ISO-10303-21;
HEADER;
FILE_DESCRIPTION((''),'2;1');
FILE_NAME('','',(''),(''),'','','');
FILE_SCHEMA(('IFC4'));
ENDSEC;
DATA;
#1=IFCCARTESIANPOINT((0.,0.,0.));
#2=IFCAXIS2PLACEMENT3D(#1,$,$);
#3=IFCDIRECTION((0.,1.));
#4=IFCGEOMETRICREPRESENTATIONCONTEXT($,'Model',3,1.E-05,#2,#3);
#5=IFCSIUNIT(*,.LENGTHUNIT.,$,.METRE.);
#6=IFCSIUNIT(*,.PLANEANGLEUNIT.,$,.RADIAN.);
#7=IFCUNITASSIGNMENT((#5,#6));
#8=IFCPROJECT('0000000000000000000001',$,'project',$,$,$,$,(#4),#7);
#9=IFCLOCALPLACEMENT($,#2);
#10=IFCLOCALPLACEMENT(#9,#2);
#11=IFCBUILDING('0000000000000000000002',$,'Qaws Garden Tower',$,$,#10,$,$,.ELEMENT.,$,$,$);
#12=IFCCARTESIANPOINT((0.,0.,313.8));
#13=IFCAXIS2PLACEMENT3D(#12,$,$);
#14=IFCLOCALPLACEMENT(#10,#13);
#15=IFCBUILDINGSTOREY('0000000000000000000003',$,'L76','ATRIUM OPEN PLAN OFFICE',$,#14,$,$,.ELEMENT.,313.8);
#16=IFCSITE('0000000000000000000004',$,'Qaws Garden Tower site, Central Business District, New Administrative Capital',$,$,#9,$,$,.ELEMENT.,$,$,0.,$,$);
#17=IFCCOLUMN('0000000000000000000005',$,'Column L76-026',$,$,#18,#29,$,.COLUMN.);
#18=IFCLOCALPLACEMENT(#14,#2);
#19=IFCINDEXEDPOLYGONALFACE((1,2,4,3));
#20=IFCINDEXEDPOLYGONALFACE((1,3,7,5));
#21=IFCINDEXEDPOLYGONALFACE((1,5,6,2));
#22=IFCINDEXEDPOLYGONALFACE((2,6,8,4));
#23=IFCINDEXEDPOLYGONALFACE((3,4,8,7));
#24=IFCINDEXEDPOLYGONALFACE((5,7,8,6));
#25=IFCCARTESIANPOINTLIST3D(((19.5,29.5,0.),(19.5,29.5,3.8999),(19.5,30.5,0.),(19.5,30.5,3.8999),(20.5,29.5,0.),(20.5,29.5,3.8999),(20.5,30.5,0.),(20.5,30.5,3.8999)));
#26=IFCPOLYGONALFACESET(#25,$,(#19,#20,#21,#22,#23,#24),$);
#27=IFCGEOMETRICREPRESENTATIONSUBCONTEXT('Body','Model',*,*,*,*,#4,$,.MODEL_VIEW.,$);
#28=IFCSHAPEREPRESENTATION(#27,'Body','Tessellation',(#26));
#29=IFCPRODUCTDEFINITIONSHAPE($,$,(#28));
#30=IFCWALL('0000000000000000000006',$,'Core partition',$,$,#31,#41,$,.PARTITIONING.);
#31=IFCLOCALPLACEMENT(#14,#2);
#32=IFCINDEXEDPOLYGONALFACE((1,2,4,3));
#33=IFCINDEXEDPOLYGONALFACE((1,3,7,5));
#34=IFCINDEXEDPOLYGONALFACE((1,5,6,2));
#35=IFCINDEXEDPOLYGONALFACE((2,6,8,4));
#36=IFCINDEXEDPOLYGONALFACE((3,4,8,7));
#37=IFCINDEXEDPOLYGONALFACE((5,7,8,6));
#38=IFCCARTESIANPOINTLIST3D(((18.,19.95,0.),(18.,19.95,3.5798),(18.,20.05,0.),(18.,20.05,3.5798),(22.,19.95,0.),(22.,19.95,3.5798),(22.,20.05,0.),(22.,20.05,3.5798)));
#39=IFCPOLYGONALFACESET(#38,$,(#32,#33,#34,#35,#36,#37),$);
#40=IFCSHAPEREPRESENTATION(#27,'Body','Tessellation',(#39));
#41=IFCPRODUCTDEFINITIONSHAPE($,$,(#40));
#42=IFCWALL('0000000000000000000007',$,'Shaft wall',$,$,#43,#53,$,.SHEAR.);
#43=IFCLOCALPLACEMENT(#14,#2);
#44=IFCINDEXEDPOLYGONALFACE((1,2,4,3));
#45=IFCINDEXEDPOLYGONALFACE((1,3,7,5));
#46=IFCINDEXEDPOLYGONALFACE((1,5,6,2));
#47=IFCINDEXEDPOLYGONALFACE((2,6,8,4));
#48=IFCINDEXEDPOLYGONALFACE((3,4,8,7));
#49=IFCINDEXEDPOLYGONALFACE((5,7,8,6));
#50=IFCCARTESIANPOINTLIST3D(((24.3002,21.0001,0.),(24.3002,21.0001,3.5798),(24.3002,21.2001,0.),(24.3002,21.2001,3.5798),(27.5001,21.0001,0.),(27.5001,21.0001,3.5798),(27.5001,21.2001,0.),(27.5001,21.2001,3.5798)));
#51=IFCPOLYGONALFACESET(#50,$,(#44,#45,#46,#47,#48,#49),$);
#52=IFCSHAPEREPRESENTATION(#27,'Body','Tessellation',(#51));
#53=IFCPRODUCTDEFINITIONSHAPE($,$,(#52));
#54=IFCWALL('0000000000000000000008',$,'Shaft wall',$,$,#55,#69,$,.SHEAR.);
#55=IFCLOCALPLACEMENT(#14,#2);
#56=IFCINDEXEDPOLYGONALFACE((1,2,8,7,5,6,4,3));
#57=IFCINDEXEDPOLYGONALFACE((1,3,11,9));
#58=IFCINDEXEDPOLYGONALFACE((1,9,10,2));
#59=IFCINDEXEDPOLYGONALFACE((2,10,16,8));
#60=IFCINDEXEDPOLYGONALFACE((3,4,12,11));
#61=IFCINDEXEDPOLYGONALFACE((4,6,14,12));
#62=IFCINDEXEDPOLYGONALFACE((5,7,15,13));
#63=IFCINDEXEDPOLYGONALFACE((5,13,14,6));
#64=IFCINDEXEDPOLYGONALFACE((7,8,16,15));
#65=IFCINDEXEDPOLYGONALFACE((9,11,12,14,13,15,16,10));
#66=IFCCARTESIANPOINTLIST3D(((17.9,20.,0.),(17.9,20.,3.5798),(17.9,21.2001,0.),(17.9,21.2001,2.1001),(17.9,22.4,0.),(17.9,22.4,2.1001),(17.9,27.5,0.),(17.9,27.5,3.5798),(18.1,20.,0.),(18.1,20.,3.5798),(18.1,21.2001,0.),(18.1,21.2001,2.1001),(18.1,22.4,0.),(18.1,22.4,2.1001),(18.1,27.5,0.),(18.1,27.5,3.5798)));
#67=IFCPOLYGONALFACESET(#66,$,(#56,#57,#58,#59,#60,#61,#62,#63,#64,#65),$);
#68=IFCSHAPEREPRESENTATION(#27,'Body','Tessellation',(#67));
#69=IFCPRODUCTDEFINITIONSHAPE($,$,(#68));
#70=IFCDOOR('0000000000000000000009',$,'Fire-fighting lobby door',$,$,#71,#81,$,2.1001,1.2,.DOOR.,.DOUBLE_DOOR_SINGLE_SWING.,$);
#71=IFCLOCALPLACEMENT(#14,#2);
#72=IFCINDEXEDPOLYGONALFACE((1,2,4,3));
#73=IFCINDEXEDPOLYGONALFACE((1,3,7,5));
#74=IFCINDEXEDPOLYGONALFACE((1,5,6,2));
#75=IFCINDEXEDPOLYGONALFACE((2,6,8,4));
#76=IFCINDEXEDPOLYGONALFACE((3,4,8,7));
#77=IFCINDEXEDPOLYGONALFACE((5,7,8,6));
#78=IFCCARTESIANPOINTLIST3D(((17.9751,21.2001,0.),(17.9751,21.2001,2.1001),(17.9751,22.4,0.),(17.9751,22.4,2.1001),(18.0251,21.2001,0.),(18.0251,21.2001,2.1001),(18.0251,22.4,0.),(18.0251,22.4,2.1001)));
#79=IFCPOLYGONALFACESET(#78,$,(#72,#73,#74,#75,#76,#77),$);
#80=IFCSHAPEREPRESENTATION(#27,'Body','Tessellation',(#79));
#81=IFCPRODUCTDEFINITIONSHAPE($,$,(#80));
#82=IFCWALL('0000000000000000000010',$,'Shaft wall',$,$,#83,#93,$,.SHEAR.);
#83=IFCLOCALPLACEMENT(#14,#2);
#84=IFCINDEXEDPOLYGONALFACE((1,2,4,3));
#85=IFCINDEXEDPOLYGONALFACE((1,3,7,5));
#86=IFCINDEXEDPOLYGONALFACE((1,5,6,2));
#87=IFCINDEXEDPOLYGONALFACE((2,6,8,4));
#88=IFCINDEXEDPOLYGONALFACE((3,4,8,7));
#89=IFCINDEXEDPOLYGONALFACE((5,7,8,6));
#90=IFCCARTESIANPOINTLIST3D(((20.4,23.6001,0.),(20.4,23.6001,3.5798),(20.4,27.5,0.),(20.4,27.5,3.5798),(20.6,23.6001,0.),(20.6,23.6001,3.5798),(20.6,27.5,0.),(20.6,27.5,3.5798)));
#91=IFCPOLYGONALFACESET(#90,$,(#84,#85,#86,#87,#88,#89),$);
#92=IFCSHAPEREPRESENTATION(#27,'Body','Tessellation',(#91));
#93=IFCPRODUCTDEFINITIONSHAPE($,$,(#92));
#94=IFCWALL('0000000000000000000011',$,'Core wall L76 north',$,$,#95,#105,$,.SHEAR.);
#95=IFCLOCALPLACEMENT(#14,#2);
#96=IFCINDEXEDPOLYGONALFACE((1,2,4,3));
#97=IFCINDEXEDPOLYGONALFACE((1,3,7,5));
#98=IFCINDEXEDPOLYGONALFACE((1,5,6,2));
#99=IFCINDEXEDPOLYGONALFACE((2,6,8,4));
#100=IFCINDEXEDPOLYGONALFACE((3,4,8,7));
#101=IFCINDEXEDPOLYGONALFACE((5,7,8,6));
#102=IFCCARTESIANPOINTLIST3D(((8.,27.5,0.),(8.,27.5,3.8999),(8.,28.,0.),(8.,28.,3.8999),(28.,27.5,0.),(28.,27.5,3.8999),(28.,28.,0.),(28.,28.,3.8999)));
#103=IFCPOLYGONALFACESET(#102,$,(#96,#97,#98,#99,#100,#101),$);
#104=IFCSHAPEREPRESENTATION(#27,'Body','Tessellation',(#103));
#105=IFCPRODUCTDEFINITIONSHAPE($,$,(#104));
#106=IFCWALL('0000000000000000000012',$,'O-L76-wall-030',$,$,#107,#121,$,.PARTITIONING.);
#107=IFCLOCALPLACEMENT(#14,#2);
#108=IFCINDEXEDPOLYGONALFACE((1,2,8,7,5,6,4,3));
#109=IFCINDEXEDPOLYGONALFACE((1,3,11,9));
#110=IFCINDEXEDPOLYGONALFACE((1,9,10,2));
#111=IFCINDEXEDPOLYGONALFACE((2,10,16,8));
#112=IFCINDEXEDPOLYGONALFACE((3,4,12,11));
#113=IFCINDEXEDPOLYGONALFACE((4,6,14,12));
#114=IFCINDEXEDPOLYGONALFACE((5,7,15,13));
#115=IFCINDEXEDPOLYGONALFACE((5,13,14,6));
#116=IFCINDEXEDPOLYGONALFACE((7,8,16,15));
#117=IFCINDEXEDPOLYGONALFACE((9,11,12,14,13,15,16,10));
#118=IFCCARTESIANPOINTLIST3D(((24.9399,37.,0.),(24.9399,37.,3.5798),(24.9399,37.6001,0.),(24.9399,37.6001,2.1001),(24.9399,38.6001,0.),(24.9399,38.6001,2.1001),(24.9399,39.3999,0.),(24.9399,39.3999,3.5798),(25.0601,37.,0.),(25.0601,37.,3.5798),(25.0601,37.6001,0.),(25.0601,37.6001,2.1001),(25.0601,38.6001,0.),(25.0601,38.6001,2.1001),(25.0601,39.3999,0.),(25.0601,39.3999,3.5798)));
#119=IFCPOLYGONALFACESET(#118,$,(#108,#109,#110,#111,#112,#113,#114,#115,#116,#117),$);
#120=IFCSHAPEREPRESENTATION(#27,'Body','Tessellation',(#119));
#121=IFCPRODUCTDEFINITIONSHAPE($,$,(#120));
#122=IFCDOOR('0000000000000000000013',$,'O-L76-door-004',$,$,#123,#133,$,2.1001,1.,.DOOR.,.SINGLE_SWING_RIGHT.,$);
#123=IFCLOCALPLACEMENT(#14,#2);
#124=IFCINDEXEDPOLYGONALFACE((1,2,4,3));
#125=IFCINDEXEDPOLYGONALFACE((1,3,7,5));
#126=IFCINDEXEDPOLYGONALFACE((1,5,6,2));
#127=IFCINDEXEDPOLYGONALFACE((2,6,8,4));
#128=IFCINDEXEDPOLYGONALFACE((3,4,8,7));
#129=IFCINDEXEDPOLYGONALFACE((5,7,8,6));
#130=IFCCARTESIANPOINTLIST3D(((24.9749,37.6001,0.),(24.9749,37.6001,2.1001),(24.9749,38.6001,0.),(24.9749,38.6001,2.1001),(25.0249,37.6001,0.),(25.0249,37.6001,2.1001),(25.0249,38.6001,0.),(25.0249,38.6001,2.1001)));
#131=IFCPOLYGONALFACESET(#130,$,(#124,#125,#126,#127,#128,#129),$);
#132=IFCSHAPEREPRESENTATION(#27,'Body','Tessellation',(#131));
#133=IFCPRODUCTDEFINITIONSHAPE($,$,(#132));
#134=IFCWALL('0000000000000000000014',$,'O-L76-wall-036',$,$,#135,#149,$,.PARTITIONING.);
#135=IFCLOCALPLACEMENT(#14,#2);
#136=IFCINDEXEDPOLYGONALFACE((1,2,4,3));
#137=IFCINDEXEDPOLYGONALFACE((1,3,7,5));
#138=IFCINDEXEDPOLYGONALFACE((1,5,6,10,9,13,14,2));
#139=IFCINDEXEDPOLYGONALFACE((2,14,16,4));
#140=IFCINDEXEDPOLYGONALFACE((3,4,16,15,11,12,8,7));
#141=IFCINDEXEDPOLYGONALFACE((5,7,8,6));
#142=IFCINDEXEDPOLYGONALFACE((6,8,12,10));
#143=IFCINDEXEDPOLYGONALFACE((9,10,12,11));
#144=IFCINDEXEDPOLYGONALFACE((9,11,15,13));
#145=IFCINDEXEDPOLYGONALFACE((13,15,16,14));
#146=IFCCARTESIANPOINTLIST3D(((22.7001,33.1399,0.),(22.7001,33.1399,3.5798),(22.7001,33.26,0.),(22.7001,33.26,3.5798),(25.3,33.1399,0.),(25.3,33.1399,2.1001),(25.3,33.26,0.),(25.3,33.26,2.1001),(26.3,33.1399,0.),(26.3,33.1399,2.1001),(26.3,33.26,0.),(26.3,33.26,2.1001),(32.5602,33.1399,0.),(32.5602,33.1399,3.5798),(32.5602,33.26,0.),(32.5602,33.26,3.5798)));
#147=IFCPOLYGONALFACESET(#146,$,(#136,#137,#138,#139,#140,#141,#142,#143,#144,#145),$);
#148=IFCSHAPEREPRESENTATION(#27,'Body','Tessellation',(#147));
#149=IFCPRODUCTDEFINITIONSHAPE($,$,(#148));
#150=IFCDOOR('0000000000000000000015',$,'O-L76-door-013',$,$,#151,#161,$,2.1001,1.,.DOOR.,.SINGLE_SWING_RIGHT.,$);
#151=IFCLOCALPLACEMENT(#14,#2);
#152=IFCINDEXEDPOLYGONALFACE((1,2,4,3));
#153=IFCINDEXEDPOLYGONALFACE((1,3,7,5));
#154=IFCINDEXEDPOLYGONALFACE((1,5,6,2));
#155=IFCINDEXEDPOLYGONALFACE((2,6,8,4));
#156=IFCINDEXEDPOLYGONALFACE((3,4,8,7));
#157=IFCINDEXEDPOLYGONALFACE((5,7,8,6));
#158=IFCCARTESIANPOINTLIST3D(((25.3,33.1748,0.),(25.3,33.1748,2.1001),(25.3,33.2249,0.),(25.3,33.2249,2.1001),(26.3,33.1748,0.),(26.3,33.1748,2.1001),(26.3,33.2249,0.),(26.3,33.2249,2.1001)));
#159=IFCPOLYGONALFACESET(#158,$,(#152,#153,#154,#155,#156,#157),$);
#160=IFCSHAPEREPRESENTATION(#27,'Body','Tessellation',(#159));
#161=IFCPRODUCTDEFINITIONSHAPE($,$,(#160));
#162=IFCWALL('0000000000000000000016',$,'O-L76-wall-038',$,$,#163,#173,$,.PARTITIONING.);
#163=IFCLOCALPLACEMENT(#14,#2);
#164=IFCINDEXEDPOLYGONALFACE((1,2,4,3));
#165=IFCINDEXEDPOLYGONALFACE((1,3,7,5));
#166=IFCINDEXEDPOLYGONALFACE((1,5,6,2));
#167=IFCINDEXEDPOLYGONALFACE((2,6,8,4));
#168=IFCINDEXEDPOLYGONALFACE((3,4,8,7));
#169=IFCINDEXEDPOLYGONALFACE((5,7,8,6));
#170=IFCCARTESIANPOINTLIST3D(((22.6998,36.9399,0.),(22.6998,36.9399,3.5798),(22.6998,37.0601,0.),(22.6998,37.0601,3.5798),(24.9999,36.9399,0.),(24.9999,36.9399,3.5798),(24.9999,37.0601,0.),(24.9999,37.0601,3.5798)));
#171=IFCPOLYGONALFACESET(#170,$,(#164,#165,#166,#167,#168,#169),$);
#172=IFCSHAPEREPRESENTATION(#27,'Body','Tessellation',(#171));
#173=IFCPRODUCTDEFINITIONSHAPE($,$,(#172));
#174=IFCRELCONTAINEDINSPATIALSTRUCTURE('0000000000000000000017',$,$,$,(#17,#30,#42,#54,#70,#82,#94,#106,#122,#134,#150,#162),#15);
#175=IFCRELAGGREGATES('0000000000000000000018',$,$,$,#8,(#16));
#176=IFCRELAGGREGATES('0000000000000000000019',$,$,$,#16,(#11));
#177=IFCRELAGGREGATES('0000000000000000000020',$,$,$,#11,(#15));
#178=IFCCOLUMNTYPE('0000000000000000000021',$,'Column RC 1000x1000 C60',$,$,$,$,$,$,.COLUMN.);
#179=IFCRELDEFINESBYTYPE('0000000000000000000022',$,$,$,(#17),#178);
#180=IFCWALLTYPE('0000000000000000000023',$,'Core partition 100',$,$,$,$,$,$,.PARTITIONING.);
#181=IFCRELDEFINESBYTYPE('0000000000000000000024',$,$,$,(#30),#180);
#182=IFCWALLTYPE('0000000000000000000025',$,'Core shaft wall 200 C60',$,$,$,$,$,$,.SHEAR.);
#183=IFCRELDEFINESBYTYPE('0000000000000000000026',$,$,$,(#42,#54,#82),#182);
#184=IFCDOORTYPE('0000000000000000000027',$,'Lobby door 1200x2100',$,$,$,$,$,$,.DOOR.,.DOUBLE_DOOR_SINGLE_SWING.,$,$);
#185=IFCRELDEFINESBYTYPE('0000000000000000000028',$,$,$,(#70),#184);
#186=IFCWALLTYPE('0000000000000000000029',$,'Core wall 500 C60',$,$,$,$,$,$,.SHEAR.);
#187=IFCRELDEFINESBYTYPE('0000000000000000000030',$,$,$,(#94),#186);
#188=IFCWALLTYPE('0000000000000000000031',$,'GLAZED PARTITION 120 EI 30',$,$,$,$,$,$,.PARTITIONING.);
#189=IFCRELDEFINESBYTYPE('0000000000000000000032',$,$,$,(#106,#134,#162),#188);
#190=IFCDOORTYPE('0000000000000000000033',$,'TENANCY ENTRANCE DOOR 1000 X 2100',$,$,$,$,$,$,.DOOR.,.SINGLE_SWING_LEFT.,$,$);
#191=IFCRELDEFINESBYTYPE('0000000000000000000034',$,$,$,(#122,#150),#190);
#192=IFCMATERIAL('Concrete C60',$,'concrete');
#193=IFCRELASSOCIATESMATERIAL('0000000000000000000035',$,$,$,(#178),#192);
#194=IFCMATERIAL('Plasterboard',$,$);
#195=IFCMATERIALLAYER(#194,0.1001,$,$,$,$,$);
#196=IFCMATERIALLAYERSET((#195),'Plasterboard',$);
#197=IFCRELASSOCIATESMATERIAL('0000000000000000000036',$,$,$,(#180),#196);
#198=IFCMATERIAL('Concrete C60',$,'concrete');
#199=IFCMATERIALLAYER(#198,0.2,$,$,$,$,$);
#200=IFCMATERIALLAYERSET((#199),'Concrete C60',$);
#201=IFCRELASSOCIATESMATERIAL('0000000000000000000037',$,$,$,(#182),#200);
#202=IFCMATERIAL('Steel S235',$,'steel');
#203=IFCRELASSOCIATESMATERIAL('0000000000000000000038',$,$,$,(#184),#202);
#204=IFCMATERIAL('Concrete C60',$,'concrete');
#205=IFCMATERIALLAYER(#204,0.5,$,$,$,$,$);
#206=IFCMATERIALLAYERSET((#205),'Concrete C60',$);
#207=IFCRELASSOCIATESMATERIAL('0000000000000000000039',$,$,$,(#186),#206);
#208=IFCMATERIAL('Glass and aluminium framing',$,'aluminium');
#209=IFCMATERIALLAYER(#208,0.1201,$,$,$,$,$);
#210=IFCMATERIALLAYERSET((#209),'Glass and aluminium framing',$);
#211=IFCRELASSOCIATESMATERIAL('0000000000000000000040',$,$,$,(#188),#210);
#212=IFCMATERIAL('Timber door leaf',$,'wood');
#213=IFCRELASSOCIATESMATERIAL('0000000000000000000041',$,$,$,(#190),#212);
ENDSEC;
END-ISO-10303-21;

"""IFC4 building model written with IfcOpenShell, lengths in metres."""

from ifc_helpers import new_model, si_unit, direction, frame, frame_2d, origin, origin_2d, place, context, subcontext, project, spatial, rectangle, extrude, material, layer, layer_set, material_profile, profile_set, type_object, element, fill, save


model = new_model("IFC4")

# Units and contexts
model_context = context("Model", 3, precision=1e-05, world=origin(), true_north=direction((0.0, 1.0)))
body_context = subcontext(model_context, "Body", "Model", "MODEL_VIEW")
ifc_project = project(units=[si_unit("LENGTHUNIT", "METRE"), si_unit("PLANEANGLEUNIT", "RADIAN")], contexts=[model_context])

# Site, building, storey
site_placement = place(None, origin())
site = spatial("IfcSite", under=ifc_project, at=site_placement, Name="Qaws Garden Tower site, Central Business District, New Administrative Capital", CompositionType="ELEMENT", RefElevation=0.0)
building_placement = place(site_placement, origin())
building = spatial("IfcBuilding", under=site, at=building_placement, Name="Qaws Garden Tower", CompositionType="ELEMENT")
storey_placement = place(building_placement, frame((0.0, 0.0, 313.8)))
storey = spatial("IfcBuildingStorey", under=building, at=storey_placement, Name="L76", Description="ATRIUM OPEN PLAN OFFICE", CompositionType="ELEMENT", Elevation=313.8)

# Column
ifc_material_1 = material(Name="Concrete C60", Category="concrete")
ifc_material_profile = material_profile(ifc_material_1, rectangle(XDim=1.0, YDim=1.0, at=origin_2d()), Name="RC 1000x1000")
ifc_profile_set = profile_set([ifc_material_profile], Name="Concrete C60")
column_type = type_object("IfcColumnType", Name="Column RC 1000x1000 C60", PredefinedType="COLUMN", material=ifc_profile_set)
column_placement = place(storey_placement, frame((20.0, 30.0, 0.0), z_axis=(0.0, 0.0, 1.0), x_axis=(1.0, 0.0, 0.0)))
element("IfcColumn", 1, at=column_placement, inside=storey, type_object=column_type, Name="Column L76-026", PredefinedType="COLUMN", context=body_context, shape_type="SweptSolid", body=[
    extrude(rectangle(XDim=1.0, YDim=1.0, at=origin_2d()), origin(), (0.0, 0.0, 1.0), 3.8999),
])

# Walls
ifc_material_2 = material(Name="Plasterboard")
ifc_layer_1 = layer(ifc_material_2, 0.1001)
ifc_layer_set_1 = layer_set([ifc_layer_1], Name="Plasterboard")
wall_type_1 = type_object("IfcWallType", Name="Core partition 100", PredefinedType="PARTITIONING", material=ifc_layer_set_1)
wall_1_placement = place(storey_placement, frame((18.0, 20.0, 0.0), z_axis=(0.0, 0.0, 1.0), x_axis=(1.0, 0.0, 0.0)))
element("IfcWall", 2, at=wall_1_placement, inside=storey, type_object=wall_type_1, Name="Core partition", PredefinedType="PARTITIONING", context=body_context, shape_type="SweptSolid", body=[
    extrude(rectangle(XDim=4.0, YDim=0.1001, at=frame_2d((2.0, 0.0))), origin(), (0.0, 0.0, 1.0), 3.5798),
])
ifc_material_3 = material(Name="Concrete C60", Category="concrete")
ifc_layer_2 = layer(ifc_material_3, 0.2)
ifc_layer_set_2 = layer_set([ifc_layer_2], Name="Concrete C60")
wall_type_2 = type_object("IfcWallType", Name="Core shaft wall 200 C60", PredefinedType="SHEAR", material=ifc_layer_set_2)
wall_2_placement = place(storey_placement, frame((24.3, 21.1001, 0.0), z_axis=(0.0, 0.0, 1.0), x_axis=(1.0, 0.0, 0.0)))
element("IfcWall", 3, at=wall_2_placement, inside=storey, type_object=wall_type_2, Name="Shaft wall", PredefinedType="SHEAR", context=body_context, shape_type="SweptSolid", body=[
    extrude(rectangle(XDim=3.2, YDim=0.2, at=frame_2d((1.6001, 0.0))), origin(), (0.0, 0.0, 1.0), 3.5798),
])

# Wall, opening, door
wall_3_placement = place(storey_placement, frame((18.0, 20.0, 0.0), z_axis=(0.0, 0.0, 1.0), x_axis=(0.0, 1.0, 0.0)))
wall_3 = element("IfcWall", 4, at=wall_3_placement, inside=storey, type_object=wall_type_2, Name="Shaft wall", PredefinedType="SHEAR", context=body_context, shape_type="SweptSolid", body=[
    extrude(rectangle(XDim=7.5, YDim=0.2, at=frame_2d((3.75, 0.0))), origin(), (0.0, 0.0, 1.0), 3.5798),
])
opening_1_placement = place(wall_3_placement, frame((1.2, 0.0, 0.0)))
opening_1 = element("IfcOpeningElement", 5, at=opening_1_placement, cuts=wall_3, PredefinedType="OPENING", context=body_context, shape_type="SweptSolid", body=[
    extrude(rectangle(XDim=1.2, YDim=2.1001, at=frame_2d((0.6001, 1.05))), frame((0.0, 0.1099, 0.0), z_axis=(0.0, -1.0, 0.0), x_axis=(1.0, 0.0, 0.0)), (0.0, 0.0, 1.0), 0.22),
])
ifc_material_4 = material(Name="Steel S235", Category="steel")
door_type_1 = type_object("IfcDoorType", Name="Lobby door 1200x2100", OperationType="DOUBLE_DOOR_SINGLE_SWING", PredefinedType="DOOR", material=ifc_material_4)
door_1_placement = place(opening_1_placement, origin())
door_1 = element("IfcDoor", 6, at=door_1_placement, inside=storey, type_object=door_type_1, Name="Fire-fighting lobby door", OperationType="DOUBLE_DOOR_SINGLE_SWING", OverallHeight=2.1001, OverallWidth=1.2, PredefinedType="DOOR", context=body_context, shape_type="SweptSolid", body=[
    extrude(rectangle(XDim=1.2, YDim=2.1001, at=frame_2d((0.6001, 1.05))), frame((0.0, 0.0249, 0.0), z_axis=(0.0, -1.0, 0.0), x_axis=(1.0, 0.0, 0.0)), (0.0, 0.0, 1.0), 0.05),
])
fill(opening_1, door_1)

# Walls
wall_4_placement = place(storey_placement, frame((20.5, 23.6001, 0.0), z_axis=(0.0, 0.0, 1.0), x_axis=(0.0, 1.0, 0.0)))
element("IfcWall", 7, at=wall_4_placement, inside=storey, type_object=wall_type_2, Name="Shaft wall", PredefinedType="SHEAR", context=body_context, shape_type="SweptSolid", body=[
    extrude(rectangle(XDim=3.8999, YDim=0.2, at=frame_2d((1.95, 0.0))), origin(), (0.0, 0.0, 1.0), 3.5798),
])
ifc_material_5 = material(Name="Concrete C60", Category="concrete")
ifc_layer_3 = layer(ifc_material_5, 0.5)
ifc_layer_set_3 = layer_set([ifc_layer_3], Name="Concrete C60")
wall_type_3 = type_object("IfcWallType", Name="Core wall 500 C60", PredefinedType="SHEAR", material=ifc_layer_set_3)
wall_5_placement = place(storey_placement, frame((28.0, 27.75, 0.0), z_axis=(0.0, 0.0, 1.0), x_axis=(-1.0, 0.0, 0.0)))
element("IfcWall", 8, at=wall_5_placement, inside=storey, type_object=wall_type_3, Name="Core wall L76 north", PredefinedType="SHEAR", context=body_context, shape_type="SweptSolid", body=[
    extrude(rectangle(XDim=20.0, YDim=0.5, at=frame_2d((10.0, 0.0))), origin(), (0.0, 0.0, 1.0), 3.8999),
])

# Walls, openings, doors
ifc_material_6 = material(Name="Glass and aluminium framing", Category="aluminium")
ifc_layer_4 = layer(ifc_material_6, 0.1201)
ifc_layer_set_4 = layer_set([ifc_layer_4], Name="Glass and aluminium framing")
wall_type_4 = type_object("IfcWallType", Name="GLAZED PARTITION 120 EI 30", PredefinedType="PARTITIONING", material=ifc_layer_set_4)
wall_6_placement = place(storey_placement, frame((25.0, 37.0, 0.0), z_axis=(0.0, 0.0, 1.0), x_axis=(0.0, 1.0, 0.0)))
wall_6 = element("IfcWall", 9, at=wall_6_placement, inside=storey, type_object=wall_type_4, Name="O-L76-wall-030", PredefinedType="PARTITIONING", context=body_context, shape_type="SweptSolid", body=[
    extrude(rectangle(XDim=2.3999, YDim=0.1201, at=frame_2d((1.2, 0.0))), origin(), (0.0, 0.0, 1.0), 3.5798),
])
opening_2_placement = place(wall_6_placement, frame((0.6001, 0.0, 0.0)))
opening_2 = element("IfcOpeningElement", 10, at=opening_2_placement, cuts=wall_6, PredefinedType="OPENING", context=body_context, shape_type="SweptSolid", body=[
    extrude(rectangle(XDim=1.0, YDim=2.1001, at=frame_2d((0.5, 1.05))), frame((0.0, 0.0701, 0.0), z_axis=(0.0, -1.0, 0.0), x_axis=(1.0, 0.0, 0.0)), (0.0, 0.0, 1.0), 0.1401),
])
ifc_material_7 = material(Name="Timber door leaf", Category="wood")
door_type_2 = type_object("IfcDoorType", Name="TENANCY ENTRANCE DOOR 1000 X 2100", OperationType="SINGLE_SWING_LEFT", PredefinedType="DOOR", material=ifc_material_7)
door_2_placement = place(opening_2_placement, frame((1.0, 0.0, 0.0), z_axis=(0.0, 0.0, 1.0), x_axis=(-1.0, 0.0, 0.0)))
door_2 = element("IfcDoor", 11, at=door_2_placement, inside=storey, type_object=door_type_2, Name="O-L76-door-004", OperationType="SINGLE_SWING_RIGHT", OverallHeight=2.1001, OverallWidth=1.0, PredefinedType="DOOR", context=body_context, shape_type="SweptSolid", body=[
    extrude(rectangle(XDim=1.0, YDim=2.1001, at=frame_2d((0.5, 1.05))), frame((0.0, 0.0249, 0.0), z_axis=(0.0, -1.0, 0.0), x_axis=(1.0, 0.0, 0.0)), (0.0, 0.0, 1.0), 0.05),
])
fill(opening_2, door_2)
wall_7_placement = place(storey_placement, frame((22.7, 33.2, 0.0), z_axis=(0.0, 0.0, 1.0), x_axis=(1.0, 0.0, 0.0)))
wall_7 = element("IfcWall", 12, at=wall_7_placement, inside=storey, type_object=wall_type_4, Name="O-L76-wall-036", PredefinedType="PARTITIONING", context=body_context, shape_type="SweptSolid", body=[
    extrude(rectangle(XDim=9.8601, YDim=0.1201, at=frame_2d((4.9302, 0.0))), origin(), (0.0, 0.0, 1.0), 3.5798),
])
opening_3_placement = place(wall_7_placement, frame((2.6001, 0.0, 0.0)))
opening_3 = element("IfcOpeningElement", 13, at=opening_3_placement, cuts=wall_7, PredefinedType="OPENING", context=body_context, shape_type="SweptSolid", body=[
    extrude(rectangle(XDim=1.0, YDim=2.1001, at=frame_2d((0.5, 1.05))), frame((0.0, 0.0701, 0.0), z_axis=(0.0, -1.0, 0.0), x_axis=(1.0, 0.0, 0.0)), (0.0, 0.0, 1.0), 0.1401),
])
door_3_placement = place(opening_3_placement, origin())
door_3 = element("IfcDoor", 14, at=door_3_placement, inside=storey, type_object=door_type_2, Name="O-L76-door-013", OperationType="SINGLE_SWING_RIGHT", OverallHeight=2.1001, OverallWidth=1.0, PredefinedType="DOOR", context=body_context, shape_type="SweptSolid", body=[
    extrude(rectangle(XDim=1.0, YDim=2.1001, at=frame_2d((0.5, 1.05))), frame((0.0, 0.0249, 0.0), z_axis=(0.0, -1.0, 0.0), x_axis=(1.0, 0.0, 0.0)), (0.0, 0.0, 1.0), 0.05),
])
fill(opening_3, door_3)

# Wall
wall_8_placement = place(storey_placement, frame((22.7, 37.0, 0.0), z_axis=(0.0, 0.0, 1.0), x_axis=(1.0, 0.0, 0.0)))
element("IfcWall", 15, at=wall_8_placement, inside=storey, type_object=wall_type_4, Name="O-L76-wall-038", PredefinedType="PARTITIONING", context=body_context, shape_type="SweptSolid", body=[
    extrude(rectangle(XDim=2.3, YDim=0.1201, at=frame_2d((1.1499, 0.0))), origin(), (0.0, 0.0, 1.0), 3.5798),
])

save(model, "model.ifc")
